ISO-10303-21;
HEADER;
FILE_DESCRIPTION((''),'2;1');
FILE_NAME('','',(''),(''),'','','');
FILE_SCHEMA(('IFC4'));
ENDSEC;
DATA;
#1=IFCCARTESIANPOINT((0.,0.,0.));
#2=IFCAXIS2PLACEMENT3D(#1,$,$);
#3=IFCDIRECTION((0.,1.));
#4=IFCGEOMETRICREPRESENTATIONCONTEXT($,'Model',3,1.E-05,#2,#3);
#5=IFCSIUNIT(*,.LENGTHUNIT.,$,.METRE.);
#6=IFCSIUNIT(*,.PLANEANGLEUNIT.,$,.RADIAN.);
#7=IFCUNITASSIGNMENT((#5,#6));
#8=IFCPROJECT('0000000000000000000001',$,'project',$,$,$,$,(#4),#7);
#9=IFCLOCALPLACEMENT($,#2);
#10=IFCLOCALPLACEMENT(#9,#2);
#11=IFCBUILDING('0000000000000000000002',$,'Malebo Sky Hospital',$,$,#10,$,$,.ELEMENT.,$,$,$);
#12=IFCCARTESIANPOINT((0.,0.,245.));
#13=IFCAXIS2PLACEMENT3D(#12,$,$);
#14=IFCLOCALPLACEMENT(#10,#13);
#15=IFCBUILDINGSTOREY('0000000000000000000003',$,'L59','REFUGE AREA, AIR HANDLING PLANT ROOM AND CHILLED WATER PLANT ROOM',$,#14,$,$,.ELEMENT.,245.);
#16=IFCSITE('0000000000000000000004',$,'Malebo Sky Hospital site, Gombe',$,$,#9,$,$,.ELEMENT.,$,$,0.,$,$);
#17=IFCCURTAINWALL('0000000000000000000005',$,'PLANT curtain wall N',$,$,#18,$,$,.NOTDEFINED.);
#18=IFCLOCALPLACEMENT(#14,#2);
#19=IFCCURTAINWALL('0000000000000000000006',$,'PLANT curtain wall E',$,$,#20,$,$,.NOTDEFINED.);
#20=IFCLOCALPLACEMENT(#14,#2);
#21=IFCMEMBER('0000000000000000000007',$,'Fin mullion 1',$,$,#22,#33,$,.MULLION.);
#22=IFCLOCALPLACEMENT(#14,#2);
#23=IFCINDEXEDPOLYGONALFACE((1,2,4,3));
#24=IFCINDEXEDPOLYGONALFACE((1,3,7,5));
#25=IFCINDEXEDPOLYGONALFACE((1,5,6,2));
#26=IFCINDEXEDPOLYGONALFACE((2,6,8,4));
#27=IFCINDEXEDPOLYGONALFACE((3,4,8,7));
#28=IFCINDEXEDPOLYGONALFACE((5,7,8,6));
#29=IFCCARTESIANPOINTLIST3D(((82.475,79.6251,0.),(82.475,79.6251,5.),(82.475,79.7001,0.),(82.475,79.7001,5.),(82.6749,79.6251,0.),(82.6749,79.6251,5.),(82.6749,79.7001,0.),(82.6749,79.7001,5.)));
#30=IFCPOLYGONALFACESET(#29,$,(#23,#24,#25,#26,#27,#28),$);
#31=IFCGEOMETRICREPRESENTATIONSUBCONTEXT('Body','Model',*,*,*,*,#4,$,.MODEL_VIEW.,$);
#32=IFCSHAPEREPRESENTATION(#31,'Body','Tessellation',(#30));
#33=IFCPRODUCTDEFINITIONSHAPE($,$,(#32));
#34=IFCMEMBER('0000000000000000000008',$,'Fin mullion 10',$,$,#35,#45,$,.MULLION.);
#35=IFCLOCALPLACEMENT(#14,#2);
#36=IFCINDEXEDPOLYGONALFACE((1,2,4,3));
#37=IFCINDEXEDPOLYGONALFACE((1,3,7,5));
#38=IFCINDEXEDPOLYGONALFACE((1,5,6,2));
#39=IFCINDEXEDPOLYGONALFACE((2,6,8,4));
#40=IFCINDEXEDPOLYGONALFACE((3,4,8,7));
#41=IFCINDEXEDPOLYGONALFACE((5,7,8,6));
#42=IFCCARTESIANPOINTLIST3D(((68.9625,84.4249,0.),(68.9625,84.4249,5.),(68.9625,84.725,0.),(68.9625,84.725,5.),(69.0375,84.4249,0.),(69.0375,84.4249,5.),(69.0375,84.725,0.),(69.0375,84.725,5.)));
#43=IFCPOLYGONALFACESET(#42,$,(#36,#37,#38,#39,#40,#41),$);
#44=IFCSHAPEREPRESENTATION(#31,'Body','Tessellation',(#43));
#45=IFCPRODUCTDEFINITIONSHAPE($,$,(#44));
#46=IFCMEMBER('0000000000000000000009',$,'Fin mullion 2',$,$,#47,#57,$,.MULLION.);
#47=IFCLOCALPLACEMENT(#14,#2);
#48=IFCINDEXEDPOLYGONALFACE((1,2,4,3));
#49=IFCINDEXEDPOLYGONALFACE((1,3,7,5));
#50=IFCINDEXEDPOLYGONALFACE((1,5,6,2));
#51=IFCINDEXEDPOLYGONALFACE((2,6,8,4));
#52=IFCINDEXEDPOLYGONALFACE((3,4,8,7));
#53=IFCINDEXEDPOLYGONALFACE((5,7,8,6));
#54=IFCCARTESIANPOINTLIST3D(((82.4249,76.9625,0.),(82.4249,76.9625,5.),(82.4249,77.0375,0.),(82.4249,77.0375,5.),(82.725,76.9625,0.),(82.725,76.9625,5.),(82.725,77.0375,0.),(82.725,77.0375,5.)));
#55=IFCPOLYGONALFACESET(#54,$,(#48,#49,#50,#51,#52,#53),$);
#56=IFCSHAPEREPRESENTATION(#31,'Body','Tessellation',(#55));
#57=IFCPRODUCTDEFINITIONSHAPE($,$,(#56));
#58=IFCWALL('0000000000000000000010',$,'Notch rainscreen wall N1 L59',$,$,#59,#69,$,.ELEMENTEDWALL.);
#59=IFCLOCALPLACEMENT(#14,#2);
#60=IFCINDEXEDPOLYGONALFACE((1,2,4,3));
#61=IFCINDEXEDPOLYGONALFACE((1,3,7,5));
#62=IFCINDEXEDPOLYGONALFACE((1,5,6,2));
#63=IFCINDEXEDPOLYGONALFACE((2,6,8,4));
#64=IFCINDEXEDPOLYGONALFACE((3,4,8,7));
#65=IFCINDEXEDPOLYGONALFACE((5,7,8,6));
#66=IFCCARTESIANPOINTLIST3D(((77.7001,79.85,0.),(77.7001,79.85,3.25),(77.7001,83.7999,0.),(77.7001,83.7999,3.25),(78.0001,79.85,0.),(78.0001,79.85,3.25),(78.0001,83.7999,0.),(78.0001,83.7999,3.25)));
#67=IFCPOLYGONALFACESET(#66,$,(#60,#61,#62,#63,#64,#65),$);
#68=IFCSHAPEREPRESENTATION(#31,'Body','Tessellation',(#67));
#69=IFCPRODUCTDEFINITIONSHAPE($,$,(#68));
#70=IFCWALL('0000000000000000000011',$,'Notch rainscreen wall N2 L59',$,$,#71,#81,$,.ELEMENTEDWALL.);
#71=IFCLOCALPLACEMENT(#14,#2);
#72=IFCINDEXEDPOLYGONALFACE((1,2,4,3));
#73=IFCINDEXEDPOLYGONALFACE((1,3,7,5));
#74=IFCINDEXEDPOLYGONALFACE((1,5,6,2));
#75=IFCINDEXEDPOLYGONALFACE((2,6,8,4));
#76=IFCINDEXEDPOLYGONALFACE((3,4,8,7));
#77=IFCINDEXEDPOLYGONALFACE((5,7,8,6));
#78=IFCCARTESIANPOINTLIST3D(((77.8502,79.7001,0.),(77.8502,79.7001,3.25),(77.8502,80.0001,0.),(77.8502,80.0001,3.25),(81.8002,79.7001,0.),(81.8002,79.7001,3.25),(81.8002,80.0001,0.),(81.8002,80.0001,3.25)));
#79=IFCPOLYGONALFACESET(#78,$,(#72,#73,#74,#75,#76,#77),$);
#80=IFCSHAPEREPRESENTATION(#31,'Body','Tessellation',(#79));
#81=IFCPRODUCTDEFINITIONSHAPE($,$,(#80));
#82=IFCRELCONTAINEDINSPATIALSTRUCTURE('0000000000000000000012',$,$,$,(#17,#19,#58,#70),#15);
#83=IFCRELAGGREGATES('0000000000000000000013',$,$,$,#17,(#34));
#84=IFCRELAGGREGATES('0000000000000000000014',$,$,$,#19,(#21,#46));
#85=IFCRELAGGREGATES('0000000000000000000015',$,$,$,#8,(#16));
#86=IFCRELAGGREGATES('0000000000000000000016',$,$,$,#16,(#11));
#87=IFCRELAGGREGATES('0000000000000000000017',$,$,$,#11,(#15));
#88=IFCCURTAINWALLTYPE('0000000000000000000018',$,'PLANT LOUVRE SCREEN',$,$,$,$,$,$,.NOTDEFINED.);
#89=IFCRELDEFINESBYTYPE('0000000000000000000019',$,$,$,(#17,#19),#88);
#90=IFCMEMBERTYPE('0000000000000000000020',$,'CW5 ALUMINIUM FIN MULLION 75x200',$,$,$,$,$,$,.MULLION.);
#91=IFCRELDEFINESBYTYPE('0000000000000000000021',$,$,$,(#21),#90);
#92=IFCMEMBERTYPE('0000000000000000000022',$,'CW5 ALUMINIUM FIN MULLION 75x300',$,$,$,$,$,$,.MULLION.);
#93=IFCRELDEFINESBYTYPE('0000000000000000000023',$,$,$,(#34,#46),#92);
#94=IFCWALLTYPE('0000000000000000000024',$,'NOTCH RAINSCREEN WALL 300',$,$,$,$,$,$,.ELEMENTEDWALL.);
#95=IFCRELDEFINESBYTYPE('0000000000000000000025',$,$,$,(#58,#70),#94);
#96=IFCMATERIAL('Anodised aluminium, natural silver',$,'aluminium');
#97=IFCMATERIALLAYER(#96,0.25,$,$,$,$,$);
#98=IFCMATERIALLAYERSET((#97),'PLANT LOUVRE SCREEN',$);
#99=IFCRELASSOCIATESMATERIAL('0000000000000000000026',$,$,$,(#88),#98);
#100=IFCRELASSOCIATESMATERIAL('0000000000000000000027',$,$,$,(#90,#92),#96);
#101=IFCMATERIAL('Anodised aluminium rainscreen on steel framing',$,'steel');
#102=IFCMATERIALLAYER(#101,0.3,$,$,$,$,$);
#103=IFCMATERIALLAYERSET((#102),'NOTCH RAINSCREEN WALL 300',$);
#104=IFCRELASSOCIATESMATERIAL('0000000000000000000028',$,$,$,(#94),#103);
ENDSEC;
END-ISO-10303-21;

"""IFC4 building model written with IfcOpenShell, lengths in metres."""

from ifc_helpers import new_model, si_unit, direction, frame, frame_2d, origin, origin_2d, place, context, subcontext, project, spatial, rectangle, extrude, material, layer, layer_set, material_profile, profile_set, type_object, element, aggregate, save


model = new_model("IFC4")

# Units and contexts
model_context = context("Model", 3, precision=1e-05, world=origin(), true_north=direction((0.0, 1.0)))
body_context = subcontext(model_context, "Body", "Model", "MODEL_VIEW")
ifc_project = project(units=[si_unit("LENGTHUNIT", "METRE"), si_unit("PLANEANGLEUNIT", "RADIAN")], contexts=[model_context])

# Site, building, storey
site_placement = place(None, origin())
site = spatial("IfcSite", under=ifc_project, at=site_placement, Name="Malebo Sky Hospital site, Gombe", CompositionType="ELEMENT", RefElevation=0.0)
building_placement = place(site_placement, origin())
building = spatial("IfcBuilding", under=site, at=building_placement, Name="Malebo Sky Hospital", CompositionType="ELEMENT")
storey_placement = place(building_placement, frame((0.0, 0.0, 245.0)))
storey = spatial("IfcBuildingStorey", under=building, at=storey_placement, Name="L59", Description="REFUGE AREA, AIR HANDLING PLANT ROOM AND CHILLED WATER PLANT ROOM", CompositionType="ELEMENT", Elevation=245.0)

# Curtain wall
ifc_material_1 = material(Name="Anodised aluminium, natural silver", Category="aluminium")
ifc_layer_1 = layer(ifc_material_1, 0.25)
ifc_layer_set_1 = layer_set([ifc_layer_1], Name="PLANT LOUVRE SCREEN")
curtain_wall_type = type_object("IfcCurtainWallType", Name="PLANT LOUVRE SCREEN", PredefinedType="NOTDEFINED", material=ifc_layer_set_1)
curtain_wall_1_placement = place(storey_placement, origin())
curtain_wall_1 = element("IfcCurtainWall", 1, at=curtain_wall_1_placement, inside=storey, type_object=curtain_wall_type, Name="PLANT curtain wall N", PredefinedType="NOTDEFINED")
ifc_material_profile_1 = material_profile(ifc_material_1, rectangle(XDim=0.075, YDim=0.2, at=origin_2d()), Name="CW5 ALUMINIUM FIN MULLION 75x200")
ifc_profile_set_1 = profile_set([ifc_material_profile_1], Name="Anodised aluminium, natural silver")
member_type_1 = type_object("IfcMemberType", Name="CW5 ALUMINIUM FIN MULLION 75x200", PredefinedType="MULLION", material=ifc_profile_set_1)

# Curtain wall, member
curtain_wall_2_placement = place(storey_placement, origin())
curtain_wall_2 = element("IfcCurtainWall", 2, at=curtain_wall_2_placement, inside=storey, type_object=curtain_wall_type, Name="PLANT curtain wall E", PredefinedType="NOTDEFINED")
member_1_placement = place(storey_placement, frame((82.575, 79.6626, 0.0), z_axis=(0.0, 0.0, 1.0), x_axis=(0.0, -1.0, 0.0)))
member_1 = element("IfcMember", 3, at=member_1_placement, type_object=member_type_1, Name="Fin mullion 1", PredefinedType="MULLION", context=body_context, shape_type="SweptSolid", body=[
    extrude(rectangle(XDim=0.075, YDim=0.2, at=origin_2d()), origin(), (0.0, 0.0, 1.0), 5.0),
])

# Members
ifc_material_profile_2 = material_profile(ifc_material_1, rectangle(XDim=0.075, YDim=0.3, at=origin_2d()), Name="CW5 ALUMINIUM FIN MULLION 75x300")
ifc_profile_set_2 = profile_set([ifc_material_profile_2], Name="Anodised aluminium, natural silver")
member_type_2 = type_object("IfcMemberType", Name="CW5 ALUMINIUM FIN MULLION 75x300", PredefinedType="MULLION", material=ifc_profile_set_2)
member_2_placement = place(storey_placement, frame((69.0, 84.575, 0.0), z_axis=(0.0, 0.0, 1.0), x_axis=(1.0, 0.0, 0.0)))
member_2 = element("IfcMember", 4, at=member_2_placement, type_object=member_type_2, Name="Fin mullion 10", PredefinedType="MULLION", context=body_context, shape_type="SweptSolid", body=[
    extrude(rectangle(XDim=0.075, YDim=0.3, at=origin_2d()), origin(), (0.0, 0.0, 1.0), 5.0),
])
aggregate(curtain_wall_1, [member_2])
member_3_placement = place(storey_placement, frame((82.575, 77.0, 0.0), z_axis=(0.0, 0.0, 1.0), x_axis=(0.0, -1.0, 0.0)))
member_3 = element("IfcMember", 5, at=member_3_placement, type_object=member_type_2, Name="Fin mullion 2", PredefinedType="MULLION", context=body_context, shape_type="SweptSolid", body=[
    extrude(rectangle(XDim=0.075, YDim=0.3, at=origin_2d()), origin(), (0.0, 0.0, 1.0), 5.0),
])
aggregate(curtain_wall_2, [member_1, member_3])

# Walls
ifc_material_2 = material(Name="Anodised aluminium rainscreen on steel framing", Category="steel")
ifc_layer_2 = layer(ifc_material_2, 0.3)
ifc_layer_set_2 = layer_set([ifc_layer_2], Name="NOTCH RAINSCREEN WALL 300")
wall_type = type_object("IfcWallType", Name="NOTCH RAINSCREEN WALL 300", PredefinedType="ELEMENTEDWALL", material=ifc_layer_set_2)
for number, where, z_axis, x_axis, name in (
    (6, (77.8501, 83.8, 0.0), (0.0, 0.0, 1.0), (0.0, -1.0, 0.0), "Notch rainscreen wall N1 L59"),
    (7, (77.8501, 79.8501, 0.0), (0.0, 0.0, 1.0), (1.0, 0.0, 0.0), "Notch rainscreen wall N2 L59"),
):
    element("IfcWall", number, at=place(storey_placement, frame(where, z_axis=z_axis, x_axis=x_axis)), inside=storey, type_object=wall_type, Name=name, PredefinedType="ELEMENTEDWALL", context=body_context, shape_type="SweptSolid", body=[
        extrude(rectangle(XDim=3.95, YDim=0.3, at=frame_2d((1.9751, 0.0))), origin(), (0.0, 0.0, 1.0), 3.25),
    ])

save(model, "model.ifc")
